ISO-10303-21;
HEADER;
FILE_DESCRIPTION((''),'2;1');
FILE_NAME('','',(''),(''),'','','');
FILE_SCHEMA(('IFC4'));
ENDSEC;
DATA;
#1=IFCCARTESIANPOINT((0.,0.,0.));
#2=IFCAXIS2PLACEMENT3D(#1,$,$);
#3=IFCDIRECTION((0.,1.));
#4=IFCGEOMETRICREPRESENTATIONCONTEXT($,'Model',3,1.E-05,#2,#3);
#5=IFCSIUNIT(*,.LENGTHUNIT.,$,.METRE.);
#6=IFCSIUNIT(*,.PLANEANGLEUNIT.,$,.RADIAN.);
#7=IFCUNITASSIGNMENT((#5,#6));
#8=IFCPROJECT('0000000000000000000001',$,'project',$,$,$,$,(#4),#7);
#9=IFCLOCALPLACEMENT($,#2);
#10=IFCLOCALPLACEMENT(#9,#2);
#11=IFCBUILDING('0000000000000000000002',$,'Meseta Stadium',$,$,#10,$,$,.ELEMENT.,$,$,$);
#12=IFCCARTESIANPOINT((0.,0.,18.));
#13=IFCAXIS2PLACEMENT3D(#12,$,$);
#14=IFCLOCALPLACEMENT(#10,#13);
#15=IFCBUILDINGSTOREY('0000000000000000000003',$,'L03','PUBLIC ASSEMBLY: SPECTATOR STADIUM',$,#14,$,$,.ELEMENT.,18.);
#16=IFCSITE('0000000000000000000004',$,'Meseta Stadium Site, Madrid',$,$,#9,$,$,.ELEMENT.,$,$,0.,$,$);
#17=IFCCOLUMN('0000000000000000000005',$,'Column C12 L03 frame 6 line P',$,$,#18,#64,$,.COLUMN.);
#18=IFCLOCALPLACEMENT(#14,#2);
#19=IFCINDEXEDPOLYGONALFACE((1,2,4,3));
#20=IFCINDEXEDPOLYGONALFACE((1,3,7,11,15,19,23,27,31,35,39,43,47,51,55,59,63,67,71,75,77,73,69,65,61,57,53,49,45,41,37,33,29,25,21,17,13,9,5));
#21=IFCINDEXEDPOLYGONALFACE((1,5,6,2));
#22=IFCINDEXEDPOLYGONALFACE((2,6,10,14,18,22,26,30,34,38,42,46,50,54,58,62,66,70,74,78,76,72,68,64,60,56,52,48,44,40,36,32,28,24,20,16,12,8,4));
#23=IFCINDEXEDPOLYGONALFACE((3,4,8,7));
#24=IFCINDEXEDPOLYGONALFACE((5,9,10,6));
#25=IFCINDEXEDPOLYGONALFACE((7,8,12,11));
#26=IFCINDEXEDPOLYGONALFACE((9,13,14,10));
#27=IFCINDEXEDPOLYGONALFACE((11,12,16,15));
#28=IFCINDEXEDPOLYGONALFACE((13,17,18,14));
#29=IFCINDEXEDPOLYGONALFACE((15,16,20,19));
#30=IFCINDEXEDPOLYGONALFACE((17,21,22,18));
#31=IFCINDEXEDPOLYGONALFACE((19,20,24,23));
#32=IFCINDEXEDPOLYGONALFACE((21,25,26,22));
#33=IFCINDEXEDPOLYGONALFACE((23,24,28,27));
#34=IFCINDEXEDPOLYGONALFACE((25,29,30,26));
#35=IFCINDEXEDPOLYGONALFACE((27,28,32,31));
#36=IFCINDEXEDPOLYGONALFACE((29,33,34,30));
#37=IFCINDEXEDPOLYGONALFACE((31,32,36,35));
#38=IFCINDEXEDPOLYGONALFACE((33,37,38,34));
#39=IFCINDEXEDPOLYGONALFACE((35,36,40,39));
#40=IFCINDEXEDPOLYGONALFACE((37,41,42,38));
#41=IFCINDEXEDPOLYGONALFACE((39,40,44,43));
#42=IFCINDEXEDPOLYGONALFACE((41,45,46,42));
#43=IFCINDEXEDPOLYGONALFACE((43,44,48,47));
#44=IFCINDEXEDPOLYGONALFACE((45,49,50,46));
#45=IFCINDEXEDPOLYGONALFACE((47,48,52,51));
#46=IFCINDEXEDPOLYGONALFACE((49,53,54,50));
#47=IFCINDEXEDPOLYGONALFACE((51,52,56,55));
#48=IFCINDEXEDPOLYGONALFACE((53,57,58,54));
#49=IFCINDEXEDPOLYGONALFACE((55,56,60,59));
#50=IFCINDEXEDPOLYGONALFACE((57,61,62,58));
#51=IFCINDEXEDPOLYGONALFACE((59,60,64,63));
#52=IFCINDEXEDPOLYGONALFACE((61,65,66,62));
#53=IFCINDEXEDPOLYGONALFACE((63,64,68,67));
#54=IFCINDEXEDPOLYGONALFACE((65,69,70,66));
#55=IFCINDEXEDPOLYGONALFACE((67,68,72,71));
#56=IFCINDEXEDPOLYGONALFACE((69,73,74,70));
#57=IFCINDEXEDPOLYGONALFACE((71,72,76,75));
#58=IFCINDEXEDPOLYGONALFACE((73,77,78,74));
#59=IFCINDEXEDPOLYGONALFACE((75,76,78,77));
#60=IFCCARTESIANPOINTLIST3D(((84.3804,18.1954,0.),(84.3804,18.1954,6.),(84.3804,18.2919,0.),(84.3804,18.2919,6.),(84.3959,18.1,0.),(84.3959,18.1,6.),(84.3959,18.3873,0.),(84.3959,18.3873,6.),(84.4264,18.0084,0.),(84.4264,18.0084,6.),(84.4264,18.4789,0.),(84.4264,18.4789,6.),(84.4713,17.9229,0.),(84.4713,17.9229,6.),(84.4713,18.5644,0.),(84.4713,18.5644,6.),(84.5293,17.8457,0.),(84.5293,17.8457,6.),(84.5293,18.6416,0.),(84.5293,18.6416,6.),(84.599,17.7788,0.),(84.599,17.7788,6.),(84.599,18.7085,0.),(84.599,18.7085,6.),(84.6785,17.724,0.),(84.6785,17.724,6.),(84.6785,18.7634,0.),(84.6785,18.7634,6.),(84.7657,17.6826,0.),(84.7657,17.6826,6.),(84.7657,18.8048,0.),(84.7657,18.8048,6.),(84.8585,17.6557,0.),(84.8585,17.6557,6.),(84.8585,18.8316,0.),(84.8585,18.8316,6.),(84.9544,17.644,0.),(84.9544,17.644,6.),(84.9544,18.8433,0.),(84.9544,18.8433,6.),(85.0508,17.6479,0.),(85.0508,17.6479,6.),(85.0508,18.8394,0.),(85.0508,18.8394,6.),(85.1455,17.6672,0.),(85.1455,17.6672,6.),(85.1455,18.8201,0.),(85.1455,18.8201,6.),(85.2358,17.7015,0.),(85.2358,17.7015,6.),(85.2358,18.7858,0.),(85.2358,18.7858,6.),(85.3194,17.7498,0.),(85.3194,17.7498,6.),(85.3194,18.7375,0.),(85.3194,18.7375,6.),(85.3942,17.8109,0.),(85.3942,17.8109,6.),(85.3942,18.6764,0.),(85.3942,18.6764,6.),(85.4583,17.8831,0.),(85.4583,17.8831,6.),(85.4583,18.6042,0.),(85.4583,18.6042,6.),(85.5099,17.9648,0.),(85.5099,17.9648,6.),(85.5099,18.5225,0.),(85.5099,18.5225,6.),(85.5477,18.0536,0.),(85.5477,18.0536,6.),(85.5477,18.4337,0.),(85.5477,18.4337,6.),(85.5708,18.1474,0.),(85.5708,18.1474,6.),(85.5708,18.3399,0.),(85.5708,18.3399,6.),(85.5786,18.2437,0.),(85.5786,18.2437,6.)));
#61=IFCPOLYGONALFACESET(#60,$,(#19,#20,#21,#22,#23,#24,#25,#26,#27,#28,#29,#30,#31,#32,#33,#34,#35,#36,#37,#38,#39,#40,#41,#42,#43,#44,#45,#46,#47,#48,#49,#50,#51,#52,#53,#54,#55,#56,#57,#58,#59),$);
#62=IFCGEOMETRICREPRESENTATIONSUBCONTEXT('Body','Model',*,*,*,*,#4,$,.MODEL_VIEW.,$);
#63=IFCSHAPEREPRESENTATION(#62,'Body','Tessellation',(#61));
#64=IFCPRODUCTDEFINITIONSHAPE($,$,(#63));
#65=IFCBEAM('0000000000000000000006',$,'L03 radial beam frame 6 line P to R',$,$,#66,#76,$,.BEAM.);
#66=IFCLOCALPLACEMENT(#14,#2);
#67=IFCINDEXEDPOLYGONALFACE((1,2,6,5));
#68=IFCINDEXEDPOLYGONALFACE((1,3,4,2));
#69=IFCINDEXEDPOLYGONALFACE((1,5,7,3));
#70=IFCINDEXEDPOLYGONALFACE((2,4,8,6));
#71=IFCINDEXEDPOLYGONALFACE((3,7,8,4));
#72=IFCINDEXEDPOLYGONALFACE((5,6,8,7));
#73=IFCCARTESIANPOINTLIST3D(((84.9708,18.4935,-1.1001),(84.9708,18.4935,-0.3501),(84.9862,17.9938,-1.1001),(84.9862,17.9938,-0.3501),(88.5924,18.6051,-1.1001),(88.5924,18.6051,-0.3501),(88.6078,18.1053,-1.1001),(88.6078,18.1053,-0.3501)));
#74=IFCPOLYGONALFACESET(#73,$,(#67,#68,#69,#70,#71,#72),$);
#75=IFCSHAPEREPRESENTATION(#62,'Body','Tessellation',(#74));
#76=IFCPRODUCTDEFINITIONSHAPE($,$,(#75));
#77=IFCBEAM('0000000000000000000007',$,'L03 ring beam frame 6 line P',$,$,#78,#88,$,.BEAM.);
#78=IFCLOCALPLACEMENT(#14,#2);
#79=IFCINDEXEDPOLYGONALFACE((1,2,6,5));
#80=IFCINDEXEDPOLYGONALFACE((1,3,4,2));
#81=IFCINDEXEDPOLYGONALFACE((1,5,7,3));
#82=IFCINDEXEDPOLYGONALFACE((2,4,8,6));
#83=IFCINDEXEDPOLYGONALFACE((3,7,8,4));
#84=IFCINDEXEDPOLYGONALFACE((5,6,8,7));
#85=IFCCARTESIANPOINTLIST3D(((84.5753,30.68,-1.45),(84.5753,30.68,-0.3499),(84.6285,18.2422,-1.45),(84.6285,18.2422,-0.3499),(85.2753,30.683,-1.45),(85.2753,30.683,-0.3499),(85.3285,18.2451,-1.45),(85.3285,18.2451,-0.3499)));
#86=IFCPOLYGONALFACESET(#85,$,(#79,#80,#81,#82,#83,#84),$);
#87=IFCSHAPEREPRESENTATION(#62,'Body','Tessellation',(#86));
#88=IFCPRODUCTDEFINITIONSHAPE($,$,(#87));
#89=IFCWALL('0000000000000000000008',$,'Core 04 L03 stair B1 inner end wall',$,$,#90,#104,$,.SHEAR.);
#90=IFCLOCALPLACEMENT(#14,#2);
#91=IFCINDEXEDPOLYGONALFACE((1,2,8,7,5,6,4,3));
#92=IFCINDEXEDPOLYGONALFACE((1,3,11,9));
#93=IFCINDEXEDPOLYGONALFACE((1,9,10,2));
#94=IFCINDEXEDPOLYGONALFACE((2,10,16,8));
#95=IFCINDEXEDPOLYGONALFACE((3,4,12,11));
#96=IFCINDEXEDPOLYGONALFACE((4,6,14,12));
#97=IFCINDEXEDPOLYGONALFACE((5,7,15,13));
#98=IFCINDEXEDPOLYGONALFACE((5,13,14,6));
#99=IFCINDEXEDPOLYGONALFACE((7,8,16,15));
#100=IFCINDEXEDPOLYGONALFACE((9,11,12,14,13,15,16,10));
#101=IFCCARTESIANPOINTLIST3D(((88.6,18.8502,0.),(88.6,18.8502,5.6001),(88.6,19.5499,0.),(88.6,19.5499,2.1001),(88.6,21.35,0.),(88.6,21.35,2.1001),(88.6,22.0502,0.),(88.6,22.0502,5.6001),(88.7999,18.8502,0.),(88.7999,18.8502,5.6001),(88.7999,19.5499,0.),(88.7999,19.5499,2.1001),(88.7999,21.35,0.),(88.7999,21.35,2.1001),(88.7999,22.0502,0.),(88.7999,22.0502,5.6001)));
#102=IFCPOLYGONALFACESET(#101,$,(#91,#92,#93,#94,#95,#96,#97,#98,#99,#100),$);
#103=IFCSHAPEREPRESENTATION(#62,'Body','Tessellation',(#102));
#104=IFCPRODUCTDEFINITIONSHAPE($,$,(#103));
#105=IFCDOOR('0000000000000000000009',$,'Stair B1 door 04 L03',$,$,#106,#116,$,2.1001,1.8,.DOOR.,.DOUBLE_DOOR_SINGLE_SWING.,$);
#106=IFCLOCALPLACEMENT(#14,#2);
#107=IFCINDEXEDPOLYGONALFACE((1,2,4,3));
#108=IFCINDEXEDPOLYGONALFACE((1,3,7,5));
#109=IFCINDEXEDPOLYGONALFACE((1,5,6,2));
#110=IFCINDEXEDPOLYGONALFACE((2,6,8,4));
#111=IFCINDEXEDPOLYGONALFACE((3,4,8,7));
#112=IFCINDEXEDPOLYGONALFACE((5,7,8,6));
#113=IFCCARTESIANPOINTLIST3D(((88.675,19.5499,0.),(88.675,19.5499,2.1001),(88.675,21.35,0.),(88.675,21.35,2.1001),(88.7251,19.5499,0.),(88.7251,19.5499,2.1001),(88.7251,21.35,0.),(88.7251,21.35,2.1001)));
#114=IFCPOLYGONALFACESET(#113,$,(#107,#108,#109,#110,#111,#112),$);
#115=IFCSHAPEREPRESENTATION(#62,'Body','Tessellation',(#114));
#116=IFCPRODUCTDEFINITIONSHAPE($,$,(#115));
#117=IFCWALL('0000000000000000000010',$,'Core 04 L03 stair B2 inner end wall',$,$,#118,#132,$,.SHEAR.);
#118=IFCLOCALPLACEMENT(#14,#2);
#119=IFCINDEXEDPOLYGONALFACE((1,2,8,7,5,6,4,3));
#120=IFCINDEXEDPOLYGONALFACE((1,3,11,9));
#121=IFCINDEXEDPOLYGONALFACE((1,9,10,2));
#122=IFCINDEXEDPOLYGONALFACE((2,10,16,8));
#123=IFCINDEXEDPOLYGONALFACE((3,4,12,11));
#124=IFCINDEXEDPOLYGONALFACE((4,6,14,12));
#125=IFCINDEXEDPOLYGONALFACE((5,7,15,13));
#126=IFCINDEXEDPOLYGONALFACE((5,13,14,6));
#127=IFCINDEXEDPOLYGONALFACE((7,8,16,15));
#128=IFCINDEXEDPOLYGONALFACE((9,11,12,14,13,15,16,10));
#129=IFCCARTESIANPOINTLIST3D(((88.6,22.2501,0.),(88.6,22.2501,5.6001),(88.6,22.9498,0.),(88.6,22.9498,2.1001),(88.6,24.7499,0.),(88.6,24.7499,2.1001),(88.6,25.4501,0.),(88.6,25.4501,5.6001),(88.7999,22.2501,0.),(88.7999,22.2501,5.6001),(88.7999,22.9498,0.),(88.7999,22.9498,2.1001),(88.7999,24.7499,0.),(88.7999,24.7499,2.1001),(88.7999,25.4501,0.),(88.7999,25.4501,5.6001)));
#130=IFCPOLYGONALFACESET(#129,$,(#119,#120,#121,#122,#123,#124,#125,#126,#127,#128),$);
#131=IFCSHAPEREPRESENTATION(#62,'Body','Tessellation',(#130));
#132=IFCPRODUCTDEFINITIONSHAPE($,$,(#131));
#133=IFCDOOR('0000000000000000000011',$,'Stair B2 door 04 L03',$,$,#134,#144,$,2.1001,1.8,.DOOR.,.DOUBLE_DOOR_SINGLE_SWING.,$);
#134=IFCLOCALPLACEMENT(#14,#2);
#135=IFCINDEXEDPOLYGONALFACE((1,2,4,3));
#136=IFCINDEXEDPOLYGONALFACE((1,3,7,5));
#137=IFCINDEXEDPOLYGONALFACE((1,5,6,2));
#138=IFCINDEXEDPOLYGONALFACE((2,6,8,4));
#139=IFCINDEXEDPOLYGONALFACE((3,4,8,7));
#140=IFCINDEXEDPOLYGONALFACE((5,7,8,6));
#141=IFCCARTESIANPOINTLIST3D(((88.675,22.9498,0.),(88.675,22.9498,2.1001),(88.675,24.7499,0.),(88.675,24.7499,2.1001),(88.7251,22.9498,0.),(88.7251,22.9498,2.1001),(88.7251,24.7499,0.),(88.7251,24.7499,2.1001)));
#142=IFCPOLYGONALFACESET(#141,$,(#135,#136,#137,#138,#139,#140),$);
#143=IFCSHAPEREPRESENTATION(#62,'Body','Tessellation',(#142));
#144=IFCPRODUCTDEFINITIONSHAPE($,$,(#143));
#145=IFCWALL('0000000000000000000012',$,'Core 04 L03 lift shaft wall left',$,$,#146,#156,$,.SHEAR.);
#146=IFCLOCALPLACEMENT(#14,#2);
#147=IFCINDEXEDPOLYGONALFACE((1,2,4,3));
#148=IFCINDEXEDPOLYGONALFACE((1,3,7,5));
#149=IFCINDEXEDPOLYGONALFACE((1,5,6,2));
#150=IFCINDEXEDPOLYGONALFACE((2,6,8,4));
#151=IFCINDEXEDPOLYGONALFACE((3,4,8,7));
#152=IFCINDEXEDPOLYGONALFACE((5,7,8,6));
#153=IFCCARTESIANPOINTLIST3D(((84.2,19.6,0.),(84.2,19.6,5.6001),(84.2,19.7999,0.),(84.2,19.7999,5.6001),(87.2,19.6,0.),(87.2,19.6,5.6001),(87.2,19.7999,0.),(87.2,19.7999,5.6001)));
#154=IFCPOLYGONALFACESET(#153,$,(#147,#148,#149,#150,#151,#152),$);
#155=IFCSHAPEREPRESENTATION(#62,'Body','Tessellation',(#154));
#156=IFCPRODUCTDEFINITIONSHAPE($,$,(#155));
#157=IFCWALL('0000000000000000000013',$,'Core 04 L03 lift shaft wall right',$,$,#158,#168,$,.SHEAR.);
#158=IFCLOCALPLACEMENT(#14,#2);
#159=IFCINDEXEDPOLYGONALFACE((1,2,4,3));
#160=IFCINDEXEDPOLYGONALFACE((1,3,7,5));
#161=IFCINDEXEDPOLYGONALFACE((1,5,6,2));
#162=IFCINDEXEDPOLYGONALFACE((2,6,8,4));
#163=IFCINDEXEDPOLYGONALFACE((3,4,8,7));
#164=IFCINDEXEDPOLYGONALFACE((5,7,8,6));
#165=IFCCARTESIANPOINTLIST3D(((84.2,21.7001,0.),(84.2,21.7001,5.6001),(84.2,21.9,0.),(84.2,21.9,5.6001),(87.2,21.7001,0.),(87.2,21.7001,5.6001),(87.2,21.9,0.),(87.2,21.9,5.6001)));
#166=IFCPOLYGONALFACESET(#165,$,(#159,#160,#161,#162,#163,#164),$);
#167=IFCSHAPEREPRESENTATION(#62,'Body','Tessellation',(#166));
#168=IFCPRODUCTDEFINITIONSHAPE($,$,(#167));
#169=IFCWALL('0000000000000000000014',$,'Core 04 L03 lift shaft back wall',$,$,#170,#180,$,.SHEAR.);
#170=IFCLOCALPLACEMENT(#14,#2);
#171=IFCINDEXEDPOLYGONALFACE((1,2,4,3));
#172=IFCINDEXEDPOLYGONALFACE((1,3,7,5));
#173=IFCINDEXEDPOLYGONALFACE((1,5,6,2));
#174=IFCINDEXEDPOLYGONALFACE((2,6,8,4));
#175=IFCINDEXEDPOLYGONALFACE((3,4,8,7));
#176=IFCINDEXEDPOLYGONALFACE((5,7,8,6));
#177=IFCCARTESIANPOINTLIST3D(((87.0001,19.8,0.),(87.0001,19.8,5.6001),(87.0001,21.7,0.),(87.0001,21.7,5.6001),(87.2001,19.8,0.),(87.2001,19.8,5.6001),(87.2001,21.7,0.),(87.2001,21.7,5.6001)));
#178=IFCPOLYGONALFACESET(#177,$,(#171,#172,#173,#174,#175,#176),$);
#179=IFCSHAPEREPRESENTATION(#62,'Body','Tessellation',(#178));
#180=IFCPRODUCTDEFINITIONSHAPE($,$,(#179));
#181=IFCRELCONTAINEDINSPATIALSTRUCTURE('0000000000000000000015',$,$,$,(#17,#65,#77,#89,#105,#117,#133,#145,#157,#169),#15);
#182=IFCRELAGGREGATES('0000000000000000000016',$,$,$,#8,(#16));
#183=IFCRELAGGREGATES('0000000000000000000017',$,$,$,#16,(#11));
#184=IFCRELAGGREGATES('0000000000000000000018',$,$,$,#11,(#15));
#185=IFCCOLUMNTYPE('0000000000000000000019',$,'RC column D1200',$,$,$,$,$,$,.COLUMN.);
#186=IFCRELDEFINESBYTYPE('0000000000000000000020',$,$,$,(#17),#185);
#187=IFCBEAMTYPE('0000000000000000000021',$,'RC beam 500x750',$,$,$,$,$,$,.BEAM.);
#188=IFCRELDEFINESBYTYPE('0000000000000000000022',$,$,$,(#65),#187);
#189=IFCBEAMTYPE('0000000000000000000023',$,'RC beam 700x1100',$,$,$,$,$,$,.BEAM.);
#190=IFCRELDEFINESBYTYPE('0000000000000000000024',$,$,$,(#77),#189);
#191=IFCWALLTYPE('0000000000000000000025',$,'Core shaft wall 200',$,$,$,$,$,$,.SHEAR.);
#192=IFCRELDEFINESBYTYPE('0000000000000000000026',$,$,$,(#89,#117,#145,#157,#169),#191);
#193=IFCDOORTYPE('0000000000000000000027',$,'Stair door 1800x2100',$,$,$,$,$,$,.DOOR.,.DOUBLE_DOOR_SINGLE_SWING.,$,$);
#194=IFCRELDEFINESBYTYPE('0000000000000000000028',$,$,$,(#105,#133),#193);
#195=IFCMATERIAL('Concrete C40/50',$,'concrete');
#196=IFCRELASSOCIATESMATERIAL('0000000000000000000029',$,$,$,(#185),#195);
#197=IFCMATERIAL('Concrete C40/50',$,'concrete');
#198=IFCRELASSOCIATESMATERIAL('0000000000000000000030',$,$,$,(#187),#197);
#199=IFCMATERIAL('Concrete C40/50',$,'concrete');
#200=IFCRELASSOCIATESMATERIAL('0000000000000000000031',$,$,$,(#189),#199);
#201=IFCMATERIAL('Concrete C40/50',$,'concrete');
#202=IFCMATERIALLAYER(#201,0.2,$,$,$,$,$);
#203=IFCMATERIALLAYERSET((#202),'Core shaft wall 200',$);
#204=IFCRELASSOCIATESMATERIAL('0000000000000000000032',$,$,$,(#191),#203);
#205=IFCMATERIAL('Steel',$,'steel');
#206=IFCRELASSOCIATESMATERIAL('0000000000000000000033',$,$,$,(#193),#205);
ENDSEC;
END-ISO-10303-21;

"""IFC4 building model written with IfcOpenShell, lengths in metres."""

from ifc_helpers import new_model, si_unit, direction, frame, frame_2d, origin, origin_2d, place, context, subcontext, project, spatial, rectangle, circle, extrude, material, layer, layer_set, material_profile, profile_set, type_object, element, fill, save


model = new_model("IFC4")

# Units and contexts
model_context = context("Model", 3, precision=1e-05, world=origin(), true_north=direction((0.0, 1.0)))
body_context = subcontext(model_context, "Body", "Model", "MODEL_VIEW")
ifc_project = project(units=[si_unit("LENGTHUNIT", "METRE"), si_unit("PLANEANGLEUNIT", "RADIAN")], contexts=[model_context])

# Site, building, storey
site_placement = place(None, origin())
site = spatial("IfcSite", under=ifc_project, at=site_placement, Name="Meseta Stadium Site, Madrid", CompositionType="ELEMENT", RefElevation=0.0)
building_placement = place(site_placement, origin())
building = spatial("IfcBuilding", under=site, at=building_placement, Name="Meseta Stadium", CompositionType="ELEMENT")
storey_placement = place(building_placement, frame((0.0, 0.0, 18.0)))
storey = spatial("IfcBuildingStorey", under=building, at=storey_placement, Name="L03", Description="PUBLIC ASSEMBLY: SPECTATOR STADIUM", CompositionType="ELEMENT", Elevation=18.0)

# Column
ifc_material_1 = material(Name="Concrete C40/50", Category="concrete")
ifc_material_profile_1 = material_profile(ifc_material_1, circle(Radius=0.6001, at=origin_2d()), Name="RC D1200")
ifc_profile_set_1 = profile_set([ifc_material_profile_1], Name="Concrete C40/50")
column_type = type_object("IfcColumnType", Name="RC column D1200", PredefinedType="COLUMN", material=ifc_profile_set_1)
column_placement = place(storey_placement, frame((84.9785, 18.2437, 0.0), z_axis=(0.0, 0.0, 1.0), x_axis=(1.0, 0.0, 0.0)))
element("IfcColumn", 1, at=column_placement, inside=storey, type_object=column_type, Name="Column C12 L03 frame 6 line P", PredefinedType="COLUMN", context=body_context, shape_type="SweptSolid", body=[
    extrude(circle(Radius=0.6001, at=origin_2d()), origin(), (0.0, 0.0, 1.0), 6.0),
])

# Beams
ifc_material_2 = material(Name="Concrete C40/50", Category="concrete")
ifc_material_profile_2 = material_profile(ifc_material_2, rectangle(XDim=0.5, YDim=0.75, at=origin_2d()), Name="RC 500x750")
ifc_profile_set_2 = profile_set([ifc_material_profile_2], Name="Concrete C40/50")
beam_type_1 = type_object("IfcBeamType", Name="RC beam 500x750", PredefinedType="BEAM", material=ifc_profile_set_2)
beam_1_placement = place(storey_placement, frame((84.9785, 18.2437, -0.7251), z_axis=(0.999526, 0.030793, 0.0), x_axis=(-0.030793, 0.999526, 0.0)))
element("IfcBeam", 2, at=beam_1_placement, inside=storey, type_object=beam_type_1, Name="L03 radial beam frame 6 line P to R", PredefinedType="BEAM", context=body_context, shape_type="SweptSolid", body=[
    extrude(rectangle(XDim=0.5, YDim=0.75, at=origin_2d()), origin(), (0.0, 0.0, 1.0), 3.6233),
])
ifc_material_3 = material(Name="Concrete C40/50", Category="concrete")
ifc_material_profile_3 = material_profile(ifc_material_3, rectangle(XDim=0.7, YDim=1.1001, at=origin_2d()), Name="RC 700x1100")
ifc_profile_set_3 = profile_set([ifc_material_profile_3], Name="Concrete C40/50")
beam_type_2 = type_object("IfcBeamType", Name="RC beam 700x1100", PredefinedType="BEAM", material=ifc_profile_set_3)
beam_2_placement = place(storey_placement, frame((84.9785, 18.2437, -0.8999), z_axis=(-0.004279, 0.999991, 0.0), x_axis=(-0.999991, -0.004279, 0.0)))
element("IfcBeam", 3, at=beam_2_placement, inside=storey, type_object=beam_type_2, Name="L03 ring beam frame 6 line P", PredefinedType="BEAM", context=body_context, shape_type="SweptSolid", body=[
    extrude(rectangle(XDim=0.7, YDim=1.1001, at=origin_2d()), origin(), (0.0, 0.0, 1.0), 12.438),
])

# Walls, openings, doors
ifc_material_4 = material(Name="Concrete C40/50", Category="concrete")
ifc_layer_1 = layer(ifc_material_4, 0.2)
ifc_layer_set_1 = layer_set([ifc_layer_1], Name="Core shaft wall 200")
wall_type_1 = type_object("IfcWallType", Name="Core shaft wall 200", PredefinedType="SHEAR", material=ifc_layer_set_1)
wall_1_placement = place(storey_placement, frame((88.7, 18.8501, 0.0), z_axis=(0.0, 0.0, 1.0), x_axis=(0.0, 1.0, 0.0)))
wall_1 = element("IfcWall", 4, at=wall_1_placement, inside=storey, type_object=wall_type_1, Name="Core 04 L03 stair B1 inner end wall", PredefinedType="SHEAR", context=body_context, shape_type="SweptSolid", body=[
    extrude(rectangle(XDim=3.2, YDim=0.2, at=frame_2d((1.6001, 0.0))), origin(), (0.0, 0.0, 1.0), 5.6001),
])
opening_1_placement = place(wall_1_placement, frame((0.7, 0.0, 0.0)))
opening_1 = element("IfcOpeningElement", 5, at=opening_1_placement, cuts=wall_1, PredefinedType="OPENING", context=body_context, shape_type="SweptSolid", body=[
    extrude(rectangle(XDim=1.8, YDim=2.1001, at=frame_2d((0.8999, 1.05))), frame((0.0, 0.1099, 0.0), z_axis=(0.0, -1.0, 0.0), x_axis=(1.0, 0.0, 0.0)), (0.0, 0.0, 1.0), 0.22),
])
ifc_material_5 = material(Name="Steel", Category="steel")
door_type_1 = type_object("IfcDoorType", Name="Stair door 1800x2100", OperationType="DOUBLE_DOOR_SINGLE_SWING", PredefinedType="DOOR", material=ifc_material_5)
door_1_placement = place(opening_1_placement, origin())
door_1 = element("IfcDoor", 6, at=door_1_placement, inside=storey, type_object=door_type_1, Name="Stair B1 door 04 L03", OperationType="DOUBLE_DOOR_SINGLE_SWING", OverallHeight=2.1001, OverallWidth=1.8, PredefinedType="DOOR", context=body_context, shape_type="SweptSolid", body=[
    extrude(rectangle(XDim=1.8, YDim=2.1001, at=frame_2d((0.8999, 1.05))), frame((0.0, 0.0249, 0.0), z_axis=(0.0, -1.0, 0.0), x_axis=(1.0, 0.0, 0.0)), (0.0, 0.0, 1.0), 0.05),
])
fill(opening_1, door_1)
wall_2_placement = place(storey_placement, frame((88.7, 22.25, 0.0), z_axis=(0.0, 0.0, 1.0), x_axis=(0.0, 1.0, 0.0)))
wall_2 = element("IfcWall", 7, at=wall_2_placement, inside=storey, type_object=wall_type_1, Name="Core 04 L03 stair B2 inner end wall", PredefinedType="SHEAR", context=body_context, shape_type="SweptSolid", body=[
    extrude(rectangle(XDim=3.2, YDim=0.2, at=frame_2d((1.6001, 0.0))), origin(), (0.0, 0.0, 1.0), 5.6001),
])
opening_2_placement = place(wall_2_placement, frame((0.7, 0.0, 0.0)))
opening_2 = element("IfcOpeningElement", 8, at=opening_2_placement, cuts=wall_2, PredefinedType="OPENING", context=body_context, shape_type="SweptSolid", body=[
    extrude(rectangle(XDim=1.8, YDim=2.1001, at=frame_2d((0.8999, 1.05))), frame((0.0, 0.1099, 0.0), z_axis=(0.0, -1.0, 0.0), x_axis=(1.0, 0.0, 0.0)), (0.0, 0.0, 1.0), 0.22),
])
door_2_placement = place(opening_2_placement, origin())
door_2 = element("IfcDoor", 9, at=door_2_placement, inside=storey, type_object=door_type_1, Name="Stair B2 door 04 L03", OperationType="DOUBLE_DOOR_SINGLE_SWING", OverallHeight=2.1001, OverallWidth=1.8, PredefinedType="DOOR", context=body_context, shape_type="SweptSolid", body=[
    extrude(rectangle(XDim=1.8, YDim=2.1001, at=frame_2d((0.8999, 1.05))), frame((0.0, 0.0249, 0.0), z_axis=(0.0, -1.0, 0.0), x_axis=(1.0, 0.0, 0.0)), (0.0, 0.0, 1.0), 0.05),
])
fill(opening_2, door_2)

# Walls
for number, where, z_axis, x_axis, name in (
    (10, (87.2, 19.7, 0.0), (0.0, 0.0, 1.0), (-1.0, 0.0, 0.0), "Core 04 L03 lift shaft wall left"),
    (11, (87.2, 21.8, 0.0), (0.0, 0.0, 1.0), (-1.0, 0.0, 0.0), "Core 04 L03 lift shaft wall right"),
):
    element("IfcWall", number, at=place(storey_placement, frame(where, z_axis=z_axis, x_axis=x_axis)), inside=storey, type_object=wall_type_1, Name=name, PredefinedType="SHEAR", context=body_context, shape_type="SweptSolid", body=[
        extrude(rectangle(XDim=3.0, YDim=0.2, at=frame_2d((1.5, 0.0))), origin(), (0.0, 0.0, 1.0), 5.6001),
    ])
wall_3_placement = place(storey_placement, frame((87.1001, 19.8, 0.0), z_axis=(0.0, 0.0, 1.0), x_axis=(0.0, 1.0, 0.0)))
element("IfcWall", 12, at=wall_3_placement, inside=storey, type_object=wall_type_1, Name="Core 04 L03 lift shaft back wall", PredefinedType="SHEAR", context=body_context, shape_type="SweptSolid", body=[
    extrude(rectangle(XDim=1.8999, YDim=0.2, at=frame_2d((0.95, 0.0))), origin(), (0.0, 0.0, 1.0), 5.6001),
])

save(model, "model.ifc")
